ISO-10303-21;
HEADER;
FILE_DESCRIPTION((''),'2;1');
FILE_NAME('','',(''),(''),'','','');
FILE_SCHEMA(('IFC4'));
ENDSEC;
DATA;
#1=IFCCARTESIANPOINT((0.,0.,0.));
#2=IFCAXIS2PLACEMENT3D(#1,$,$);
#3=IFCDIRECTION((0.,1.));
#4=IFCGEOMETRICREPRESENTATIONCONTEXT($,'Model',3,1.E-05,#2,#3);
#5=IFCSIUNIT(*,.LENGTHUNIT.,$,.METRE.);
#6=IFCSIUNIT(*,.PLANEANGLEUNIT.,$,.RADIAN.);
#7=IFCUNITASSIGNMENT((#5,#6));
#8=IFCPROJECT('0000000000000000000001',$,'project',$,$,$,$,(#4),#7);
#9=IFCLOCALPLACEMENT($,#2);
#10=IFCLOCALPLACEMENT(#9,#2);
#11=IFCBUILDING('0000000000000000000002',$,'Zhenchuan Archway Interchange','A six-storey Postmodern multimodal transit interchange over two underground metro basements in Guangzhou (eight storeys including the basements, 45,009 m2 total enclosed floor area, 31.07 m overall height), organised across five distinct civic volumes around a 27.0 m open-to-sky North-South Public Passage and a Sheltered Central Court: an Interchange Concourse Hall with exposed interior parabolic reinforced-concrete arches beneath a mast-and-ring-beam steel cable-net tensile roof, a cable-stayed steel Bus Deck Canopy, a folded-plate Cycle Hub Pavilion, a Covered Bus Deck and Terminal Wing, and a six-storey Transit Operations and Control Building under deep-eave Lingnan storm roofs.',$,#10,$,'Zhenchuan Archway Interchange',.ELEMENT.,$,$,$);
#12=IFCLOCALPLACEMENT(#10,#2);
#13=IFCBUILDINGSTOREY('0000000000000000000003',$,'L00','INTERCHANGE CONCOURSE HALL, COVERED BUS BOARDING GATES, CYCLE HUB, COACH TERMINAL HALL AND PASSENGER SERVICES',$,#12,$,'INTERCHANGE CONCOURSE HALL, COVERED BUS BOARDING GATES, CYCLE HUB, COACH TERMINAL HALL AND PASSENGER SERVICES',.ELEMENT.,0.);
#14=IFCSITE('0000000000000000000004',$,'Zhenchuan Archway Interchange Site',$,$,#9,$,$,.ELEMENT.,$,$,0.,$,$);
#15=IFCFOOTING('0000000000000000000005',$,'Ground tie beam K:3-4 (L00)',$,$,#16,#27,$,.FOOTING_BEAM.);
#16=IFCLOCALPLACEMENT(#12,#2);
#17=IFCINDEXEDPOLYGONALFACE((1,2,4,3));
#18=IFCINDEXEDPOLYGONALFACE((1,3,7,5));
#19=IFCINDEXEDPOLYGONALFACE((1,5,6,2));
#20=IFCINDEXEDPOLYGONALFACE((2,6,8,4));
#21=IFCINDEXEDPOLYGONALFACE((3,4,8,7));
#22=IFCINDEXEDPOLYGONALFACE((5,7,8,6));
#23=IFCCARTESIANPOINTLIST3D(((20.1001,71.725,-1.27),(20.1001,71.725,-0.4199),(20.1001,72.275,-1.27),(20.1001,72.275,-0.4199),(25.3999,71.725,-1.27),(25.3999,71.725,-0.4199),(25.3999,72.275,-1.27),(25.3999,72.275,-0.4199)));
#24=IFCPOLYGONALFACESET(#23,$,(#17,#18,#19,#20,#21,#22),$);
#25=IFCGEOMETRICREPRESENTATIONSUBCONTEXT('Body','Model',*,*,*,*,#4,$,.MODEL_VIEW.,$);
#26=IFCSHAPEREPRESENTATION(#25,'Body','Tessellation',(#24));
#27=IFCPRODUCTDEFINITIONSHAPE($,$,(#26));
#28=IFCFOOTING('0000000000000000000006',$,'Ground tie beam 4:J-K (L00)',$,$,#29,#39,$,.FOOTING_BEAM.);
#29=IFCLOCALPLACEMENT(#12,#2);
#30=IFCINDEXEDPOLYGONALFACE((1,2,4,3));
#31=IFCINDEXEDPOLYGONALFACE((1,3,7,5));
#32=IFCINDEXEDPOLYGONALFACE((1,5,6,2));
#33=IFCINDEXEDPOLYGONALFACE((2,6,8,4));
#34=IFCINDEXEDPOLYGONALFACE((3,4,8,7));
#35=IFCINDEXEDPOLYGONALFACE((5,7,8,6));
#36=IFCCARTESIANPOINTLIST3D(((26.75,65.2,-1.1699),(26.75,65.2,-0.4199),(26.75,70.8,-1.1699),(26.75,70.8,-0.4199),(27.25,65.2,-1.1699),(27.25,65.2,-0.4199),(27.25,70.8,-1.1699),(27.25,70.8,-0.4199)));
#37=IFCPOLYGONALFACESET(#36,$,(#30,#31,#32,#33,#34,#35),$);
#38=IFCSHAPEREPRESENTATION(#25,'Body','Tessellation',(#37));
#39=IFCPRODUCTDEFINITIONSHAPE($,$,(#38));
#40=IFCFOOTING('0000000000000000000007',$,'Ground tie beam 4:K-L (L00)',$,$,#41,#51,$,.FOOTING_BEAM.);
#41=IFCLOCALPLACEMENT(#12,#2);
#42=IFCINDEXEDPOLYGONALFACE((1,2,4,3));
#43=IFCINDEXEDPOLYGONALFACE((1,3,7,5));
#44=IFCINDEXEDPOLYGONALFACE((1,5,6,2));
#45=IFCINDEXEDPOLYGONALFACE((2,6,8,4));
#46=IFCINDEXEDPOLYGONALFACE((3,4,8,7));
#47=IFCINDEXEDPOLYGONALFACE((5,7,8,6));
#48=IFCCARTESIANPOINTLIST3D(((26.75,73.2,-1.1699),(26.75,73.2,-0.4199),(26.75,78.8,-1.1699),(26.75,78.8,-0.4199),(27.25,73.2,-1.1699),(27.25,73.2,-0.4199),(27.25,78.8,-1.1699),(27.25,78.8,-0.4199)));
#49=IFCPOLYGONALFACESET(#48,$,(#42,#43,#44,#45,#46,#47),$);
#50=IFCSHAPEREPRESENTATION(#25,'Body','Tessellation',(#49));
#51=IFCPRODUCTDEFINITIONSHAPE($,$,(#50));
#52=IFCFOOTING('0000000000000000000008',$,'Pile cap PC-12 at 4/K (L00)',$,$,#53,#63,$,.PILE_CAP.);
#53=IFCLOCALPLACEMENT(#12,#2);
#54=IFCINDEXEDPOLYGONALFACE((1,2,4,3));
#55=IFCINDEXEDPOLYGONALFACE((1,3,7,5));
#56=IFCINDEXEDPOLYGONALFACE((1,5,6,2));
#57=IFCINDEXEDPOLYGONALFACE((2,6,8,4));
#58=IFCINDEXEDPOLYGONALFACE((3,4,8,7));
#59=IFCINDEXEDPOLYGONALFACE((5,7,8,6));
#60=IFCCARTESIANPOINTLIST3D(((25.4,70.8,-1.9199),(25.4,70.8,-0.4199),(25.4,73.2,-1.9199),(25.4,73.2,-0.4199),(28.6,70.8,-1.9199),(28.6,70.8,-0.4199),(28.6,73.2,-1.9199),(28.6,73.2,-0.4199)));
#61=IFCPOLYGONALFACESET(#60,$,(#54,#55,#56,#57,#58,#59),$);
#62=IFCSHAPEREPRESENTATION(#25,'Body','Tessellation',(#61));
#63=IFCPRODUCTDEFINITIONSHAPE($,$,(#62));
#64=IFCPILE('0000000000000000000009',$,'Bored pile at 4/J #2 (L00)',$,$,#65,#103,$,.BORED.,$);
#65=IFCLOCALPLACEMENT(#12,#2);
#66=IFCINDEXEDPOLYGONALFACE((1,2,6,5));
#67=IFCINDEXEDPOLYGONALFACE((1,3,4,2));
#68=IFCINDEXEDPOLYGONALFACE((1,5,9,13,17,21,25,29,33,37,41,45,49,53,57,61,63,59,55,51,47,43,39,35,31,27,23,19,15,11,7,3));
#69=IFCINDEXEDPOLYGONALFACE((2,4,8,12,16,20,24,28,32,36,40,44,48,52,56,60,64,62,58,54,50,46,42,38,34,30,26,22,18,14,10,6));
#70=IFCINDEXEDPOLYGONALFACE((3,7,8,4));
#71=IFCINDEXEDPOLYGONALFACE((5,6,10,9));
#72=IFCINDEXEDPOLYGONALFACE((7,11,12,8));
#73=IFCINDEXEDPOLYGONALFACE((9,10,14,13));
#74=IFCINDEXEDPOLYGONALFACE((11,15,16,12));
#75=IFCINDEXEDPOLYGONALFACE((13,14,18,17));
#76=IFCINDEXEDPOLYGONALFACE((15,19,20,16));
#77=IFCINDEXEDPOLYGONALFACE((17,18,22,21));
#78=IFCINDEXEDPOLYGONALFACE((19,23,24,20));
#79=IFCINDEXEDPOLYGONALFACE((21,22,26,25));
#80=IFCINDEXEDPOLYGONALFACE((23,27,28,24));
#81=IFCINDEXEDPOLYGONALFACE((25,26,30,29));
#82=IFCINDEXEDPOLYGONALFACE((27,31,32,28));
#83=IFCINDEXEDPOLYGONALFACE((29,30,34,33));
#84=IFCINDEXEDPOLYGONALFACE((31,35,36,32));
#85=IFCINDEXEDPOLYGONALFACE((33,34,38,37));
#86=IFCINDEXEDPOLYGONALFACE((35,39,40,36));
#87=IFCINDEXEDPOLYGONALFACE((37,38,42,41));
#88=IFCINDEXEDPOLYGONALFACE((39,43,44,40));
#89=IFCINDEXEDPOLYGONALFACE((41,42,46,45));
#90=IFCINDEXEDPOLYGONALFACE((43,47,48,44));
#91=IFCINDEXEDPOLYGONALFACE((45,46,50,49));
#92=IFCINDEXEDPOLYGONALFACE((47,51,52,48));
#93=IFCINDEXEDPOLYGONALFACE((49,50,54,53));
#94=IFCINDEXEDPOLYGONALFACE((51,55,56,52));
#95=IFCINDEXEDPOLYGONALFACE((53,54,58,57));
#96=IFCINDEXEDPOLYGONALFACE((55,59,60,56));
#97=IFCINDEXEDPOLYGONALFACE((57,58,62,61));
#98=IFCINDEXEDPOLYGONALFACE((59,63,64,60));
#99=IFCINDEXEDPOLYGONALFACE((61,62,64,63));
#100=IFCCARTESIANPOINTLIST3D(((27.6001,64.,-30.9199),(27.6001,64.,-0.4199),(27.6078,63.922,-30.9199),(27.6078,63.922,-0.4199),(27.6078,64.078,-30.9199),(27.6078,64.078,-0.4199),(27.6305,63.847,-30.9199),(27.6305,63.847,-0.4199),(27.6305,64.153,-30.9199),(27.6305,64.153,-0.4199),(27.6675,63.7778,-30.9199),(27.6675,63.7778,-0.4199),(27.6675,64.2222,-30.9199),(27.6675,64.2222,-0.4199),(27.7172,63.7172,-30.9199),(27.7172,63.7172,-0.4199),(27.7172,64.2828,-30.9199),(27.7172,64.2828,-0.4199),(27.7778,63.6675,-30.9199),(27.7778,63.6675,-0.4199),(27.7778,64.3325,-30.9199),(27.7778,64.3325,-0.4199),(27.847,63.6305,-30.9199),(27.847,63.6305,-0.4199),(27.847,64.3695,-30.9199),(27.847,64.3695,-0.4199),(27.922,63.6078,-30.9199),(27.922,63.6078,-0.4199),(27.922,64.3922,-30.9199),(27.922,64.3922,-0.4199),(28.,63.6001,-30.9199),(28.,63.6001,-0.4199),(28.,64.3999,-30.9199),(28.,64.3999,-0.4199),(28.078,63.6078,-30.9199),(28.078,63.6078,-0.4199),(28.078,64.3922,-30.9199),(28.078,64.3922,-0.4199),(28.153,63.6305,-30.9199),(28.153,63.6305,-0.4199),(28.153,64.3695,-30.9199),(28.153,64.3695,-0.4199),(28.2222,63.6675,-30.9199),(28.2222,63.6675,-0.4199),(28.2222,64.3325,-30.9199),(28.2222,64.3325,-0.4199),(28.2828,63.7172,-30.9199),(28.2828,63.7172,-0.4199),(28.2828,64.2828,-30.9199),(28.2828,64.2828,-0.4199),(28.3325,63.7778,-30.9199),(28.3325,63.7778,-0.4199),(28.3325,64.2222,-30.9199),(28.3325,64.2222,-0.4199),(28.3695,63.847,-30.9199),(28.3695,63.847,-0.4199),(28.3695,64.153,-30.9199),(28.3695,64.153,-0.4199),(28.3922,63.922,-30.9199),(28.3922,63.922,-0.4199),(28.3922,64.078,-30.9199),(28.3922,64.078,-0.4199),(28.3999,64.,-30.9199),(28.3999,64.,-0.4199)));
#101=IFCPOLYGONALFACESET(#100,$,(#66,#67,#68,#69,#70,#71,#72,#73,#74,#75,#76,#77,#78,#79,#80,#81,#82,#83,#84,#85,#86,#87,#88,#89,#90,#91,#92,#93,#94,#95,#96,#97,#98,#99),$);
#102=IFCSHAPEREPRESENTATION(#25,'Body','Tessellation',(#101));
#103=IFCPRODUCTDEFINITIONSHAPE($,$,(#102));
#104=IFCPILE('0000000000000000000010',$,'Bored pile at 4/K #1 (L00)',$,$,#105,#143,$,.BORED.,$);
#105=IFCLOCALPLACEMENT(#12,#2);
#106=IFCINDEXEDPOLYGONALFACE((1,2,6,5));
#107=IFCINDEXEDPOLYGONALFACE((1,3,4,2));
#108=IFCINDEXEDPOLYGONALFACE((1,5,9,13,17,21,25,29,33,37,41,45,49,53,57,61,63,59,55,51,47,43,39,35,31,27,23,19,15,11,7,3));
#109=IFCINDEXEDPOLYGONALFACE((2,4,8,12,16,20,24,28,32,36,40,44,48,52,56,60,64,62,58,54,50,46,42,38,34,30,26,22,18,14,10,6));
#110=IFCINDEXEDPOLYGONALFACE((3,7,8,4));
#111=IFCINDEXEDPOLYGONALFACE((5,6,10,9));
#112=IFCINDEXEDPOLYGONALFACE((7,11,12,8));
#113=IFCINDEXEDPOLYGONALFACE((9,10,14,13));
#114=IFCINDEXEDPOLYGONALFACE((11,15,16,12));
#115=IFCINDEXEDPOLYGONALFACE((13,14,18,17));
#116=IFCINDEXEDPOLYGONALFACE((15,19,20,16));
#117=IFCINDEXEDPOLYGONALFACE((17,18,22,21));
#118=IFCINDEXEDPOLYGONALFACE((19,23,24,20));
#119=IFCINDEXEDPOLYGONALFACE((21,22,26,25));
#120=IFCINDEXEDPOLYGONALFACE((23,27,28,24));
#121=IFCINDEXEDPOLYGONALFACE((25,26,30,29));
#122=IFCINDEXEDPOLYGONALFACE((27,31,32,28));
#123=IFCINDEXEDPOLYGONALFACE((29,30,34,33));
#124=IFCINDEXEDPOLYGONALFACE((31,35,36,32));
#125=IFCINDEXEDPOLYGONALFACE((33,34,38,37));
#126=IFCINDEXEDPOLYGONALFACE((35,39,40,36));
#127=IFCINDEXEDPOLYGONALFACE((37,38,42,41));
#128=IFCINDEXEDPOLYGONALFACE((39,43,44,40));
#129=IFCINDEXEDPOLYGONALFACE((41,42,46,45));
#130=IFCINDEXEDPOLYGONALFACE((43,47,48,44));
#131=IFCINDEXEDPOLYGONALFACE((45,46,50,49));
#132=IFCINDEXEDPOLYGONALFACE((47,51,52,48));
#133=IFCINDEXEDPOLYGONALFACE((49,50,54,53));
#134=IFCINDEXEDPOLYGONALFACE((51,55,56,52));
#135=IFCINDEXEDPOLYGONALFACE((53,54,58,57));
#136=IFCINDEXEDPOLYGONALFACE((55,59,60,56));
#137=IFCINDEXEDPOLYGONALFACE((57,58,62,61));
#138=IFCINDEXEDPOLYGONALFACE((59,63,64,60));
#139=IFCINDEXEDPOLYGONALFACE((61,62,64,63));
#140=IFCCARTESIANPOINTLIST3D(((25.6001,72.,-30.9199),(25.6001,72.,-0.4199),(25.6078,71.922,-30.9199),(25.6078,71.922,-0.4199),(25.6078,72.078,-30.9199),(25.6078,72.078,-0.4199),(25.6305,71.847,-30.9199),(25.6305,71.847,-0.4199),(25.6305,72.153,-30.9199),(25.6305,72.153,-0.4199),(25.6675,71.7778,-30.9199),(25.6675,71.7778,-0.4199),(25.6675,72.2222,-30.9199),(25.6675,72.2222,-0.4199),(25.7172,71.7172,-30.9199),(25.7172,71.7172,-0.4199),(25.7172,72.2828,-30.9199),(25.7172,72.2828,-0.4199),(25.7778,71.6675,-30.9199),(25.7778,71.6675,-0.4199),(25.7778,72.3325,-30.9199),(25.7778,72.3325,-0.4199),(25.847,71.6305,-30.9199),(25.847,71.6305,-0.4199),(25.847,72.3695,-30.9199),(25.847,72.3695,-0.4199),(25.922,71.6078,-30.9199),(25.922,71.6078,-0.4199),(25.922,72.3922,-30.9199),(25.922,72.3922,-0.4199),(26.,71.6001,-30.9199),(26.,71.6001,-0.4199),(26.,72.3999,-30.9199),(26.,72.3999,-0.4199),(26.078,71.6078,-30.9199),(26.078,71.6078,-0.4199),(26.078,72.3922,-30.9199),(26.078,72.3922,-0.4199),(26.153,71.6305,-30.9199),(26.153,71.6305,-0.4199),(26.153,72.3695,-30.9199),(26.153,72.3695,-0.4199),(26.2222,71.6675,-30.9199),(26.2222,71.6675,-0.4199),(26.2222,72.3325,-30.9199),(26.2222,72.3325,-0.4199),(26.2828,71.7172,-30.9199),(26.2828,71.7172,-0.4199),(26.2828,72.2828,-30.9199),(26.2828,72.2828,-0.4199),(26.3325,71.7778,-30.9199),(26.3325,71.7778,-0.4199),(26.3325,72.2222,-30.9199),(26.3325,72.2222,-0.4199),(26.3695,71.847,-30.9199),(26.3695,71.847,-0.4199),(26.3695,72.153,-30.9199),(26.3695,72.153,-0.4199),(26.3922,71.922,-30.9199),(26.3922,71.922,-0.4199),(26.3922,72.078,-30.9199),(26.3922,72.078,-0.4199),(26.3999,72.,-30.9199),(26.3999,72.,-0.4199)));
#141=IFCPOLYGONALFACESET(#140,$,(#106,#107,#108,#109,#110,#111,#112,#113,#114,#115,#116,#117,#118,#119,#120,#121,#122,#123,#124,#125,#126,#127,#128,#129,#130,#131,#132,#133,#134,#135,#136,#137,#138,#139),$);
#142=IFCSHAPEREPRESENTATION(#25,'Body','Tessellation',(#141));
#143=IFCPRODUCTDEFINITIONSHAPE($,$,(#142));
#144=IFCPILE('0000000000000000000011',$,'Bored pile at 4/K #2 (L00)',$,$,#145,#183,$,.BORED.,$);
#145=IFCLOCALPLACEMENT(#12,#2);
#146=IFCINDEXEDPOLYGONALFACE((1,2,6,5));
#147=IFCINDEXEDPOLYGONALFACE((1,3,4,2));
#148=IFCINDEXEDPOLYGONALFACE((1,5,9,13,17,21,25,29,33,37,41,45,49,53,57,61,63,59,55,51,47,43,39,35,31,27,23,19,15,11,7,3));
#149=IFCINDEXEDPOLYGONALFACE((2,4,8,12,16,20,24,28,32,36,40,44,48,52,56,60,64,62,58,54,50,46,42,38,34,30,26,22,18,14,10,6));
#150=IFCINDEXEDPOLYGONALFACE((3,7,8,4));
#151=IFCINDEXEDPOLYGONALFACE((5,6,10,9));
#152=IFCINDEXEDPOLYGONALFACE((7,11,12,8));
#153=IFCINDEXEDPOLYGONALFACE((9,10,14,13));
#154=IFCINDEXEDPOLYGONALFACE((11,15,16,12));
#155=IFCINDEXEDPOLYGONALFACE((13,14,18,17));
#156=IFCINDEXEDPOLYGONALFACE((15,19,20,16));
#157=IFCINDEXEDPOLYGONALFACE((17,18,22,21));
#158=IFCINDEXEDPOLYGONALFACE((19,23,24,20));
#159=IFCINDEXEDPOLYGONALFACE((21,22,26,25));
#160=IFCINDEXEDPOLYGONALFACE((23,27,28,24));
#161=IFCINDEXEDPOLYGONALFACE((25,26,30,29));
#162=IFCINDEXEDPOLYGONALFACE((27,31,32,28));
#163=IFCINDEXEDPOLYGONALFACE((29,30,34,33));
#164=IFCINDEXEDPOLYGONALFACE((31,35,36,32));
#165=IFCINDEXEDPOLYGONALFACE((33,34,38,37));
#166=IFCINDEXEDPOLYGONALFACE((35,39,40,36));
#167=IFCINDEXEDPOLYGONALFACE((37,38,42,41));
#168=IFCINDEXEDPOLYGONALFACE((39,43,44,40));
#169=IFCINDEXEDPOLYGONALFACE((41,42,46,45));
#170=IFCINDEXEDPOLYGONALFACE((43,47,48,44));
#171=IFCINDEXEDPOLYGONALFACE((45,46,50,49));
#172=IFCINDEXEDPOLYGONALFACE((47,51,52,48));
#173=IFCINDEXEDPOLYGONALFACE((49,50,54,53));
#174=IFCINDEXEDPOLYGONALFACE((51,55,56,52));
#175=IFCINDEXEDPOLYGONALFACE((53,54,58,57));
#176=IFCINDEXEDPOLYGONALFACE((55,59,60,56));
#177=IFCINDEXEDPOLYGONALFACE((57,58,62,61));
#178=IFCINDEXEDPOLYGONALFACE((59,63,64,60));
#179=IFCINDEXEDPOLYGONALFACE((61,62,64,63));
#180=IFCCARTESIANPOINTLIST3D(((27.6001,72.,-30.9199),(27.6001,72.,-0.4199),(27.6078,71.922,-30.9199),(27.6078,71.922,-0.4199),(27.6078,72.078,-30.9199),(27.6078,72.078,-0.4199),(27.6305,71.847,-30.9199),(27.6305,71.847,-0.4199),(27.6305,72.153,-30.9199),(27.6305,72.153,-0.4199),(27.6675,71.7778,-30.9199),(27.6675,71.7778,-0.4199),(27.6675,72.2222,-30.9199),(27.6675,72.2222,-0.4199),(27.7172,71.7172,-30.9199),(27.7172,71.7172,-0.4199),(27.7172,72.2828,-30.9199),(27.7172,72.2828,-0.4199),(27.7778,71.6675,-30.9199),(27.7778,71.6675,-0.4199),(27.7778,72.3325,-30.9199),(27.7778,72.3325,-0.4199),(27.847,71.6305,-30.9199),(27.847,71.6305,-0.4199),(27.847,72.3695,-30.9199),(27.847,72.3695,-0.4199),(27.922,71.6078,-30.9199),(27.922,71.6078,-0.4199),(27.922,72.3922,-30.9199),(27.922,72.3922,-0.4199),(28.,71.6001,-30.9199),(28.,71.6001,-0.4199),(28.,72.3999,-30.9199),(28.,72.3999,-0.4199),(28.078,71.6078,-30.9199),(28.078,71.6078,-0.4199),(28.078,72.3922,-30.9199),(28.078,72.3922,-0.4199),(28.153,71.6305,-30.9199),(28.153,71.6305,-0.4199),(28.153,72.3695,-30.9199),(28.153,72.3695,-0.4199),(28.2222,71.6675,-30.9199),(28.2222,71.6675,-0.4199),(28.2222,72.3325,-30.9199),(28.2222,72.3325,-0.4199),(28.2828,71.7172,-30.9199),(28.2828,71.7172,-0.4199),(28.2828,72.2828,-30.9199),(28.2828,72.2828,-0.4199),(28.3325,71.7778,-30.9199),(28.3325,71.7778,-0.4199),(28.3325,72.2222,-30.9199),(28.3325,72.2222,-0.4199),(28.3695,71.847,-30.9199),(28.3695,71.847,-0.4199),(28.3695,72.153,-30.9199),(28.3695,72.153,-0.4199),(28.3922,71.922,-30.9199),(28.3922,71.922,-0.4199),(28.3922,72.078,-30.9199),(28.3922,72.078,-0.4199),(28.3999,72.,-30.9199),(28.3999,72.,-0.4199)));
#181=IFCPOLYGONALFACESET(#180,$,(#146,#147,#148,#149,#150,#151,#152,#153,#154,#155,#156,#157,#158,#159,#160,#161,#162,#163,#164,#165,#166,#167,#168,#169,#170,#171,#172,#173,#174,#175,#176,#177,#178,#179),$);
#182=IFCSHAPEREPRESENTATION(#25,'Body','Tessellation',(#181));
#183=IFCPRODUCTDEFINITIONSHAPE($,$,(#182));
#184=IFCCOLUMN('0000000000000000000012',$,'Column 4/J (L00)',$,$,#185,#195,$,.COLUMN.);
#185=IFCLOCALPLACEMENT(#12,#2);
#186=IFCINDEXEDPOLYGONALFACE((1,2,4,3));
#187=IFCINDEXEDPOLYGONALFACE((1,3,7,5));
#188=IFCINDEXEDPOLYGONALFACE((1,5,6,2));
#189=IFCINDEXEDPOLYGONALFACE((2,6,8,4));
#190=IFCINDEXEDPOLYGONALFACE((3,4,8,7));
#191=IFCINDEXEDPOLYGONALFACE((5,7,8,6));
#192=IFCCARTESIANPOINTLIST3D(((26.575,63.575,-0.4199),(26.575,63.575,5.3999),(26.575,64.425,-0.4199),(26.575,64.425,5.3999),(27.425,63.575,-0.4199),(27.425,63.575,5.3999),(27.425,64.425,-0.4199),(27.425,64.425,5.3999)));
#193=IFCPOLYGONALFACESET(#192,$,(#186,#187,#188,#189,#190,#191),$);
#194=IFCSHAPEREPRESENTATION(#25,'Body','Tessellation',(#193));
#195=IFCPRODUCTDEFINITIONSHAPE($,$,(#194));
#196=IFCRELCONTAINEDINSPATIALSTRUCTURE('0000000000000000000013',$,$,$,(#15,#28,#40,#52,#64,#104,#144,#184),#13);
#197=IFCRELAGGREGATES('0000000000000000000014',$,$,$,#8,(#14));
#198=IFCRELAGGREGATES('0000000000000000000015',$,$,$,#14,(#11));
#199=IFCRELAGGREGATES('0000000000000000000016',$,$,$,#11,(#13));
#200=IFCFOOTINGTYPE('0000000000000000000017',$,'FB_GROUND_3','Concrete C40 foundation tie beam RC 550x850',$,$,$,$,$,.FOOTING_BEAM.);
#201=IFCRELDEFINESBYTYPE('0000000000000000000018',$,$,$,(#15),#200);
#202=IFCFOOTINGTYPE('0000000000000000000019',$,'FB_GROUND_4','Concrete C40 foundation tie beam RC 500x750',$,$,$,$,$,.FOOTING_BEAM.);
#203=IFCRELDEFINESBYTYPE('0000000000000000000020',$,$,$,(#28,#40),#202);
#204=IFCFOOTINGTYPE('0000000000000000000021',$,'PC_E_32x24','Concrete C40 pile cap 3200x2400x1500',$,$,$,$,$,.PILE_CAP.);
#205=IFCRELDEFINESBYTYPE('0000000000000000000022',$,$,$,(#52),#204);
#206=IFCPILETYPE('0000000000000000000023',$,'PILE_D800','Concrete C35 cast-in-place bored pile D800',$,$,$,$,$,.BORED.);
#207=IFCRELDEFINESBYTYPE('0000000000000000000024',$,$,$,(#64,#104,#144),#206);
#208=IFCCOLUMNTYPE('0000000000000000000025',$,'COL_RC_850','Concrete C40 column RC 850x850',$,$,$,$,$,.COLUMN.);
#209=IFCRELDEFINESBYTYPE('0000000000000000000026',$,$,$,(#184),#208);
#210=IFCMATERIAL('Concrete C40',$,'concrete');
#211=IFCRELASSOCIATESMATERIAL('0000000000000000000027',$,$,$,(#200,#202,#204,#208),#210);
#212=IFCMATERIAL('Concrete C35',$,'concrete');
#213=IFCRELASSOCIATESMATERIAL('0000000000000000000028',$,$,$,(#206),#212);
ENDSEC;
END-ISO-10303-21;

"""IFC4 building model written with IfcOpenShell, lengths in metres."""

from ifc_helpers import new_model, si_unit, direction, frame, origin, origin_2d, place, context, subcontext, project, spatial, rectangle, circle, extrude, material, material_profile, profile_set, type_object, element, save


model = new_model("IFC4")

# Units and contexts
model_context = context("Model", 3, precision=1e-05, world=origin(), true_north=direction((0.0, 1.0)))
body_context = subcontext(model_context, "Body", "Model", "MODEL_VIEW")
ifc_project = project(units=[si_unit("LENGTHUNIT", "METRE"), si_unit("PLANEANGLEUNIT", "RADIAN")], contexts=[model_context])

# Site, building, storey
site_placement = place(None, origin())
site = spatial("IfcSite", under=ifc_project, at=site_placement, Name="Zhenchuan Archway Interchange Site", CompositionType="ELEMENT", RefElevation=0.0)
building_placement = place(site_placement, origin())
building = spatial("IfcBuilding", under=site, at=building_placement, Name="Zhenchuan Archway Interchange", Description="A six-storey Postmodern multimodal transit interchange over two underground metro basements in Guangzhou (eight storeys including the basements, 45,009 m2 total enclosed floor area, 31.07 m overall height), organised across five distinct civic volumes around a 27.0 m open-to-sky North-South Public Passage and a Sheltered Central Court: an Interchange Concourse Hall with exposed interior parabolic reinforced-concrete arches beneath a mast-and-ring-beam steel cable-net tensile roof, a cable-stayed steel Bus Deck Canopy, a folded-plate Cycle Hub Pavilion, a Covered Bus Deck and Terminal Wing, and a six-storey Transit Operations and Control Building under deep-eave Lingnan storm roofs.", LongName="Zhenchuan Archway Interchange", CompositionType="ELEMENT")
storey_placement = place(building_placement, origin())
storey = spatial("IfcBuildingStorey", under=building, at=storey_placement, Name="L00", Description="INTERCHANGE CONCOURSE HALL, COVERED BUS BOARDING GATES, CYCLE HUB, COACH TERMINAL HALL AND PASSENGER SERVICES", LongName="INTERCHANGE CONCOURSE HALL, COVERED BUS BOARDING GATES, CYCLE HUB, COACH TERMINAL HALL AND PASSENGER SERVICES", CompositionType="ELEMENT", Elevation=0.0)

# Footings
ifc_material_1 = material(Name="Concrete C40", Category="concrete")
ifc_material_profile_1 = material_profile(ifc_material_1, rectangle(XDim=0.55, YDim=0.8501, at=origin_2d()), Name="RC 550x850")
ifc_profile_set_1 = profile_set([ifc_material_profile_1], Name="Concrete C40")
footing_type_1 = type_object("IfcFootingType", Name="FB_GROUND_3", Description="Concrete C40 foundation tie beam RC 550x850", PredefinedType="FOOTING_BEAM", material=ifc_profile_set_1)
footing_1_placement = place(storey_placement, frame((20.1001, 72.0, -0.845), z_axis=(1.0, 0.0, 0.0), x_axis=(0.0, 1.0, 0.0)))
element("IfcFooting", 1, at=footing_1_placement, inside=storey, type_object=footing_type_1, Name="Ground tie beam K:3-4 (L00)", PredefinedType="FOOTING_BEAM", context=body_context, shape_type="SweptSolid", body=[
    extrude(rectangle(XDim=0.55, YDim=0.8501, at=origin_2d()), origin(), (0.0, 0.0, 1.0), 5.2998),
])
ifc_material_profile_2 = material_profile(ifc_material_1, rectangle(XDim=0.5, YDim=0.75, at=origin_2d()), Name="RC 500x750")
ifc_profile_set_2 = profile_set([ifc_material_profile_2], Name="Concrete C40")
footing_type_2 = type_object("IfcFootingType", Name="FB_GROUND_4", Description="Concrete C40 foundation tie beam RC 500x750", PredefinedType="FOOTING_BEAM", material=ifc_profile_set_2)
for number, where, z_axis, x_axis, name in (
    (2, (27.0, 65.2, -0.7949), (0.0, 1.0, 0.0), (-1.0, 0.0, 0.0), "Ground tie beam 4:J-K (L00)"),
    (3, (27.0, 73.2, -0.7949), (0.0, 1.0, 0.0), (-1.0, 0.0, 0.0), "Ground tie beam 4:K-L (L00)"),
):
    element("IfcFooting", number, at=place(storey_placement, frame(where, z_axis=z_axis, x_axis=x_axis)), inside=storey, type_object=footing_type_2, Name=name, PredefinedType="FOOTING_BEAM", context=body_context, shape_type="SweptSolid", body=[
        extrude(rectangle(XDim=0.5, YDim=0.75, at=origin_2d()), origin(), (0.0, 0.0, 1.0), 5.6001),
    ])
footing_type_3 = type_object("IfcFootingType", Name="PC_E_32x24", Description="Concrete C40 pile cap 3200x2400x1500", PredefinedType="PILE_CAP", material=ifc_material_1)
footing_2_placement = place(storey_placement, frame((27.0, 72.0, -1.9199), z_axis=(0.0, 0.0, 1.0), x_axis=(1.0, 0.0, 0.0)))
element("IfcFooting", 4, at=footing_2_placement, inside=storey, type_object=footing_type_3, Name="Pile cap PC-12 at 4/K (L00)", PredefinedType="PILE_CAP", context=body_context, shape_type="SweptSolid", body=[
    extrude(rectangle(XDim=3.2, YDim=2.3999, at=origin_2d()), origin(), (0.0, 0.0, 1.0), 1.5),
])

# Piles
ifc_material_2 = material(Name="Concrete C35", Category="concrete")
ifc_material_profile_3 = material_profile(ifc_material_2, circle(Radius=0.3999, at=origin_2d()), Name="BORED PILE 800")
ifc_profile_set_3 = profile_set([ifc_material_profile_3], Name="Concrete C35")
pile_type = type_object("IfcPileType", Name="PILE_D800", Description="Concrete C35 cast-in-place bored pile D800", PredefinedType="BORED", material=ifc_profile_set_3)
for number, where, z_axis, x_axis, name in (
    (5, (28.0, 64.0, -0.4199), (0.0, 0.0, -1.0), (1.0, 0.0, 0.0), "Bored pile at 4/J #2 (L00)"),
    (6, (26.0, 72.0, -0.4199), (0.0, 0.0, -1.0), (1.0, 0.0, 0.0), "Bored pile at 4/K #1 (L00)"),
    (7, (28.0, 72.0, -0.4199), (0.0, 0.0, -1.0), (1.0, 0.0, 0.0), "Bored pile at 4/K #2 (L00)"),
):
    element("IfcPile", number, at=place(storey_placement, frame(where, z_axis=z_axis, x_axis=x_axis)), inside=storey, type_object=pile_type, Name=name, PredefinedType="BORED", context=body_context, shape_type="SweptSolid", body=[
        extrude(circle(Radius=0.3999, at=origin_2d()), origin(), (0.0, 0.0, 1.0), 30.5),
    ])

# Column
ifc_material_profile_4 = material_profile(ifc_material_1, rectangle(XDim=0.8501, YDim=0.8501, at=origin_2d()), Name="RC 850x850")
ifc_profile_set_4 = profile_set([ifc_material_profile_4], Name="Concrete C40")
column_type = type_object("IfcColumnType", Name="COL_RC_850", Description="Concrete C40 column RC 850x850", PredefinedType="COLUMN", material=ifc_profile_set_4)
for number, where, z_axis, x_axis, name in (
    (8, (27.0, 64.0, -0.4199), (0.0, 0.0, 1.0), (1.0, 0.0, 0.0), "Column 4/J (L00)"),
):
    element("IfcColumn", number, at=place(storey_placement, frame(where, z_axis=z_axis, x_axis=x_axis)), inside=storey, type_object=column_type, Name=name, PredefinedType="COLUMN", context=body_context, shape_type="SweptSolid", body=[
        extrude(rectangle(XDim=0.8501, YDim=0.8501, at=origin_2d()), origin(), (0.0, 0.0, 1.0), 5.8198),
    ])

save(model, "model.ifc")
